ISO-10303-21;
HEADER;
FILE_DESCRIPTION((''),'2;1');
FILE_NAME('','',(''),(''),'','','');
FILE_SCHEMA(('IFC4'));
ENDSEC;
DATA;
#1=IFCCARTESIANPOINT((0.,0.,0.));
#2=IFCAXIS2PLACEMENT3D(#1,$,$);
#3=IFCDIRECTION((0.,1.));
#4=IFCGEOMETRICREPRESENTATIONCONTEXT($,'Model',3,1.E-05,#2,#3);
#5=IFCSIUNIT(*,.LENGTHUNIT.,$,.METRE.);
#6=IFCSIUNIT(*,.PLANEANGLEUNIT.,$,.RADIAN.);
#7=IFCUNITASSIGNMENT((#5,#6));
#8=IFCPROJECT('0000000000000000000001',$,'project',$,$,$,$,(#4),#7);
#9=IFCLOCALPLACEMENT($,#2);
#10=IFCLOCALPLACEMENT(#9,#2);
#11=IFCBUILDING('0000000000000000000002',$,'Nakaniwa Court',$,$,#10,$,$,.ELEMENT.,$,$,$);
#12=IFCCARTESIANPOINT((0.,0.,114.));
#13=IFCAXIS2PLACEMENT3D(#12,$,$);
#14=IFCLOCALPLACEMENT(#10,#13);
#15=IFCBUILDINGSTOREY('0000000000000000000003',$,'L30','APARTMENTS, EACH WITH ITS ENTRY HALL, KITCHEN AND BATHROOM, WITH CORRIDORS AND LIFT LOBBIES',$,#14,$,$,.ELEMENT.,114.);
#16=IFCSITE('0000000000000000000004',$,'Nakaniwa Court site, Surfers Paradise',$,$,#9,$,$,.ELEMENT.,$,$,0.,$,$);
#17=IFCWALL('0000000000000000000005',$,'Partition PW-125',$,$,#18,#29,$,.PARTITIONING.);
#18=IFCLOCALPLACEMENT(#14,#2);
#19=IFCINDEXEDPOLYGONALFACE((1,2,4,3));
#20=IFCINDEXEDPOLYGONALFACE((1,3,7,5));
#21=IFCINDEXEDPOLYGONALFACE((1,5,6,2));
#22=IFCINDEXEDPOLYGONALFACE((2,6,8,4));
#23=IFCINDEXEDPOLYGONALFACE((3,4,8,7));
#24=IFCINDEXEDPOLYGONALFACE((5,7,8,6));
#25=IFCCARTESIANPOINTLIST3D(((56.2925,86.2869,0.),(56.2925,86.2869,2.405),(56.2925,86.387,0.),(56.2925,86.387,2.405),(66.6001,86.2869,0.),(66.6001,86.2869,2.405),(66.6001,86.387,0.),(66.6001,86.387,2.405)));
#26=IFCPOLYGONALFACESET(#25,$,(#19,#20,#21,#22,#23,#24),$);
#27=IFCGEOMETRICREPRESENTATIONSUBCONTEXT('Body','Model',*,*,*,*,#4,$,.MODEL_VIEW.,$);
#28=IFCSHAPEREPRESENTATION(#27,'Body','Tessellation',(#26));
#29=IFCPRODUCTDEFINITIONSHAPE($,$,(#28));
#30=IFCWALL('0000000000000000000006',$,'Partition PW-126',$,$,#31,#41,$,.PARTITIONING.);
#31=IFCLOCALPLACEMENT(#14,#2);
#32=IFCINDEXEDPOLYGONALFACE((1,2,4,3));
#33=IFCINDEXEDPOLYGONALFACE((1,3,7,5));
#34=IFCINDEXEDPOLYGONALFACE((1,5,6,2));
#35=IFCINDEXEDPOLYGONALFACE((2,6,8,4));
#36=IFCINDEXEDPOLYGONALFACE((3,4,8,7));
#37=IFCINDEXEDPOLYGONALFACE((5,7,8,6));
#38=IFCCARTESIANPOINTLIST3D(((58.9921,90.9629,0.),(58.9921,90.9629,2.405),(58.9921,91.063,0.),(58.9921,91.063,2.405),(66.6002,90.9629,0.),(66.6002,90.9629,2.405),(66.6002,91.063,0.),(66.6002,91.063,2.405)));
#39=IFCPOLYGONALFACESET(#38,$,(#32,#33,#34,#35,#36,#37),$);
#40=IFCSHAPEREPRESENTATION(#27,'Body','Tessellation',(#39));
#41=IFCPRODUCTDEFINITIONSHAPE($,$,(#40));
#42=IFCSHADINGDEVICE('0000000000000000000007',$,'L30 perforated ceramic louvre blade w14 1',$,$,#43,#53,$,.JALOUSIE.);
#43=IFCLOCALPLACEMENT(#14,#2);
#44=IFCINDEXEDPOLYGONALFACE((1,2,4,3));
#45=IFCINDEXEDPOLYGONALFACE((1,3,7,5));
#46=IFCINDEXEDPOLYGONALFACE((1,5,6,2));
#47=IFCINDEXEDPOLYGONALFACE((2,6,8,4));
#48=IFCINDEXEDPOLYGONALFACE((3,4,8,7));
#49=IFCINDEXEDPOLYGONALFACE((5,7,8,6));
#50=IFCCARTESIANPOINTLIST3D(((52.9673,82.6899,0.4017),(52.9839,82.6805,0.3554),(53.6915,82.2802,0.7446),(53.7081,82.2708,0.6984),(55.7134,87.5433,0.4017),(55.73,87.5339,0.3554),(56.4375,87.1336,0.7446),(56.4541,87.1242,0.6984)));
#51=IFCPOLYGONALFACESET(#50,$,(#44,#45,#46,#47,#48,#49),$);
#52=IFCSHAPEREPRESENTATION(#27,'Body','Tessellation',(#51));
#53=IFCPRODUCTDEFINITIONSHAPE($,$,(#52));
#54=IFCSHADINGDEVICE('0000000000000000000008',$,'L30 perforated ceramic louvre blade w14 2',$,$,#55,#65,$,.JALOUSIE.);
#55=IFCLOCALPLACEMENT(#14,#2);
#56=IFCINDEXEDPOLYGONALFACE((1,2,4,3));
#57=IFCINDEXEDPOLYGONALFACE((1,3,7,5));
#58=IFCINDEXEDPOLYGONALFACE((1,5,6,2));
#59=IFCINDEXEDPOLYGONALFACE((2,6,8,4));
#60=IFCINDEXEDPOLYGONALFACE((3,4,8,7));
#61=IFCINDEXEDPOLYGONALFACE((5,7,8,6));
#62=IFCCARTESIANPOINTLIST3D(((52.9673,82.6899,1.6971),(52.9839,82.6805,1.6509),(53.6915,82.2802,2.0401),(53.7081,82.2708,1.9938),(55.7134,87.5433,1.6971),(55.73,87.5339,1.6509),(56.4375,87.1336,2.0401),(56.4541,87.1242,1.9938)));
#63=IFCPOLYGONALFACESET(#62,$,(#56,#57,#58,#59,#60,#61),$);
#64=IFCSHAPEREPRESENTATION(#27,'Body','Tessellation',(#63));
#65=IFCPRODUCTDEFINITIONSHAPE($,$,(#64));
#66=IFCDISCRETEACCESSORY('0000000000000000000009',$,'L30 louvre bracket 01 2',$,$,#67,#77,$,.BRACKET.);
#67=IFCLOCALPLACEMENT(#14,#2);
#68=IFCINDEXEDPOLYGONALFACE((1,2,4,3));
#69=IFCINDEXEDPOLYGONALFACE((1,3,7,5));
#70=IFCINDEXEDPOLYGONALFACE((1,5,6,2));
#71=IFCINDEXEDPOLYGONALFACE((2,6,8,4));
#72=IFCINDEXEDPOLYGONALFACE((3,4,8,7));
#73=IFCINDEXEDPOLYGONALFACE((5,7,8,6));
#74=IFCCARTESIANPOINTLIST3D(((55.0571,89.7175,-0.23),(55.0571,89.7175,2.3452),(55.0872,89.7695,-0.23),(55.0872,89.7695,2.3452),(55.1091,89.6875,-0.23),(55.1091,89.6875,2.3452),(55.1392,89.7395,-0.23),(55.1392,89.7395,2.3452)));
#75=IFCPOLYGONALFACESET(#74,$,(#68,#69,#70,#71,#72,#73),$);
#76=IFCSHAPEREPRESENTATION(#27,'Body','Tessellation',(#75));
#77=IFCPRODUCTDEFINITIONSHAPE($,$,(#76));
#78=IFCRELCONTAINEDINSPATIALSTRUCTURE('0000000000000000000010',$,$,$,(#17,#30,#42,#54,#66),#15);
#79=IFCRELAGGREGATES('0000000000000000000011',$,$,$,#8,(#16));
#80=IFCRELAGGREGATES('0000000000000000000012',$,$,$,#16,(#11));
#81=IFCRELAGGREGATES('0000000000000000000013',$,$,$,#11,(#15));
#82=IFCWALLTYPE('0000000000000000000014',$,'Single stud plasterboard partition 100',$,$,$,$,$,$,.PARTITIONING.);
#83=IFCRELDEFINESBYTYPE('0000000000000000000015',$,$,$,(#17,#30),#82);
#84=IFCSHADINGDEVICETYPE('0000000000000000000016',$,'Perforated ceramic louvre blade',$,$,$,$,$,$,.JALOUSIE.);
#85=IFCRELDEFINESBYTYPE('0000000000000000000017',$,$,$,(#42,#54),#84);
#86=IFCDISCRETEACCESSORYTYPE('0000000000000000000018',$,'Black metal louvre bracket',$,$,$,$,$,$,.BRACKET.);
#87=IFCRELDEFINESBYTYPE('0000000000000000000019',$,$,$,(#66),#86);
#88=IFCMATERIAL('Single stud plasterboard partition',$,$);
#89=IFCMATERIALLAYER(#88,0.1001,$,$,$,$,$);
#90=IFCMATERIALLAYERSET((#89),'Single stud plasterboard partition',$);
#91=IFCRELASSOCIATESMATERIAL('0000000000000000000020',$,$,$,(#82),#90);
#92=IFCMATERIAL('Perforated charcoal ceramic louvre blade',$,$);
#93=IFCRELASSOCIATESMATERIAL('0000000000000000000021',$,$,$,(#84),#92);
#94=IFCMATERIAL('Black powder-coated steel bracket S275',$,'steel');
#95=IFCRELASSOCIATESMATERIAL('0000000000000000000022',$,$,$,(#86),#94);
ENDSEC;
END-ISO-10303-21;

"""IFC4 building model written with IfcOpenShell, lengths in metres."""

from ifc_helpers import new_model, si_unit, direction, frame, frame_2d, origin, origin_2d, place, context, subcontext, project, spatial, rectangle, extrude, material, layer, layer_set, material_profile, profile_set, type_object, element, save


model = new_model("IFC4")

# Units and contexts
model_context = context("Model", 3, precision=1e-05, world=origin(), true_north=direction((0.0, 1.0)))
body_context = subcontext(model_context, "Body", "Model", "MODEL_VIEW")
ifc_project = project(units=[si_unit("LENGTHUNIT", "METRE"), si_unit("PLANEANGLEUNIT", "RADIAN")], contexts=[model_context])

# Site, building, storey
site_placement = place(None, origin())
site = spatial("IfcSite", under=ifc_project, at=site_placement, Name="Nakaniwa Court site, Surfers Paradise", CompositionType="ELEMENT", RefElevation=0.0)
building_placement = place(site_placement, origin())
building = spatial("IfcBuilding", under=site, at=building_placement, Name="Nakaniwa Court", CompositionType="ELEMENT")
storey_placement = place(building_placement, frame((0.0, 0.0, 114.0)))
storey = spatial("IfcBuildingStorey", under=building, at=storey_placement, Name="L30", Description="APARTMENTS, EACH WITH ITS ENTRY HALL, KITCHEN AND BATHROOM, WITH CORRIDORS AND LIFT LOBBIES", CompositionType="ELEMENT", Elevation=114.0)

# Shared definitions
ifc_material_1 = material(Name="Single stud plasterboard partition")
ifc_layer_1 = layer(ifc_material_1, 0.1001)
ifc_layer_set_1 = layer_set([ifc_layer_1], Name="Single stud plasterboard partition")
wall_type_1 = type_object("IfcWallType", Name="Single stud plasterboard partition 100", PredefinedType="PARTITIONING", material=ifc_layer_set_1)

# Walls
wall_1_placement = place(storey_placement, frame((56.2925, 86.3369, 0.0), z_axis=(0.0, 0.0, 1.0), x_axis=(1.0, 0.0, 0.0)))
element("IfcWall", 1, at=wall_1_placement, inside=storey, type_object=wall_type_1, Name="Partition PW-125", PredefinedType="PARTITIONING", context=body_context, shape_type="SweptSolid", body=[
    extrude(rectangle(XDim=10.3076, YDim=0.1001, at=frame_2d((5.1538, 0.0))), origin(), (0.0, 0.0, 1.0), 2.405),
])
wall_2_placement = place(storey_placement, frame((58.9919, 91.0129, 0.0), z_axis=(0.0, 0.0, 1.0), x_axis=(1.0, 0.0, 0.0)))
element("IfcWall", 2, at=wall_2_placement, inside=storey, type_object=wall_type_1, Name="Partition PW-126", PredefinedType="PARTITIONING", context=body_context, shape_type="SweptSolid", body=[
    extrude(rectangle(XDim=7.6082, YDim=0.1001, at=frame_2d((3.8042, 0.0))), origin(), (0.0, 0.0, 1.0), 2.405),
])

# Shading devices
ifc_material_2 = material(Name="Perforated charcoal ceramic louvre blade")
ifc_material_profile_1 = material_profile(ifc_material_2, rectangle(XDim=0.8999, YDim=0.05, at=origin_2d()), Name="Perforated ceramic louvre blade")
ifc_profile_set_1 = profile_set([ifc_material_profile_1], Name="Perforated charcoal ceramic louvre blade")
shading_device_type = type_object("IfcShadingDeviceType", Name="Perforated ceramic louvre blade", PredefinedType="JALOUSIE", material=ifc_profile_set_1)
for number, where, z_axis, x_axis, name in (
    (3, (56.0837, 87.3337, 0.55), (-0.492438, -0.870347, 0.0), (0.804676, -0.455282, 0.38107), "L30 perforated ceramic louvre blade w14 1"),
    (4, (56.0837, 87.3337, 1.8455), (-0.492438, -0.870347, 0.0), (0.804676, -0.455282, 0.38107), "L30 perforated ceramic louvre blade w14 2"),
):
    element("IfcShadingDevice", number, at=place(storey_placement, frame(where, z_axis=z_axis, x_axis=x_axis)), inside=storey, type_object=shading_device_type, Name=name, PredefinedType="JALOUSIE", context=body_context, shape_type="SweptSolid", body=[
        extrude(rectangle(XDim=0.8999, YDim=0.05, at=origin_2d()), origin(), (0.0, 0.0, 1.0), 5.5764),
    ])

# Discrete accessory
ifc_material_3 = material(Name="Black powder-coated steel bracket S275", Category="steel")
discrete_accessory_type = type_object("IfcDiscreteAccessoryType", Name="Black metal louvre bracket", PredefinedType="BRACKET", material=ifc_material_3)
discrete_accessory_placement = place(storey_placement, frame((55.0981, 89.7285, -0.23), z_axis=(0.0, 0.0, 1.0), x_axis=(-0.499974, -0.86604, 0.0)))
element("IfcDiscreteAccessory", 5, at=discrete_accessory_placement, inside=storey, type_object=discrete_accessory_type, Name="L30 louvre bracket 01 2", PredefinedType="BRACKET", context=body_context, shape_type="SweptSolid", body=[
    extrude(rectangle(XDim=0.0601, YDim=0.0601, at=origin_2d()), origin(), (0.0, 0.0, 1.0), 2.5752),
])

save(model, "model.ifc")
